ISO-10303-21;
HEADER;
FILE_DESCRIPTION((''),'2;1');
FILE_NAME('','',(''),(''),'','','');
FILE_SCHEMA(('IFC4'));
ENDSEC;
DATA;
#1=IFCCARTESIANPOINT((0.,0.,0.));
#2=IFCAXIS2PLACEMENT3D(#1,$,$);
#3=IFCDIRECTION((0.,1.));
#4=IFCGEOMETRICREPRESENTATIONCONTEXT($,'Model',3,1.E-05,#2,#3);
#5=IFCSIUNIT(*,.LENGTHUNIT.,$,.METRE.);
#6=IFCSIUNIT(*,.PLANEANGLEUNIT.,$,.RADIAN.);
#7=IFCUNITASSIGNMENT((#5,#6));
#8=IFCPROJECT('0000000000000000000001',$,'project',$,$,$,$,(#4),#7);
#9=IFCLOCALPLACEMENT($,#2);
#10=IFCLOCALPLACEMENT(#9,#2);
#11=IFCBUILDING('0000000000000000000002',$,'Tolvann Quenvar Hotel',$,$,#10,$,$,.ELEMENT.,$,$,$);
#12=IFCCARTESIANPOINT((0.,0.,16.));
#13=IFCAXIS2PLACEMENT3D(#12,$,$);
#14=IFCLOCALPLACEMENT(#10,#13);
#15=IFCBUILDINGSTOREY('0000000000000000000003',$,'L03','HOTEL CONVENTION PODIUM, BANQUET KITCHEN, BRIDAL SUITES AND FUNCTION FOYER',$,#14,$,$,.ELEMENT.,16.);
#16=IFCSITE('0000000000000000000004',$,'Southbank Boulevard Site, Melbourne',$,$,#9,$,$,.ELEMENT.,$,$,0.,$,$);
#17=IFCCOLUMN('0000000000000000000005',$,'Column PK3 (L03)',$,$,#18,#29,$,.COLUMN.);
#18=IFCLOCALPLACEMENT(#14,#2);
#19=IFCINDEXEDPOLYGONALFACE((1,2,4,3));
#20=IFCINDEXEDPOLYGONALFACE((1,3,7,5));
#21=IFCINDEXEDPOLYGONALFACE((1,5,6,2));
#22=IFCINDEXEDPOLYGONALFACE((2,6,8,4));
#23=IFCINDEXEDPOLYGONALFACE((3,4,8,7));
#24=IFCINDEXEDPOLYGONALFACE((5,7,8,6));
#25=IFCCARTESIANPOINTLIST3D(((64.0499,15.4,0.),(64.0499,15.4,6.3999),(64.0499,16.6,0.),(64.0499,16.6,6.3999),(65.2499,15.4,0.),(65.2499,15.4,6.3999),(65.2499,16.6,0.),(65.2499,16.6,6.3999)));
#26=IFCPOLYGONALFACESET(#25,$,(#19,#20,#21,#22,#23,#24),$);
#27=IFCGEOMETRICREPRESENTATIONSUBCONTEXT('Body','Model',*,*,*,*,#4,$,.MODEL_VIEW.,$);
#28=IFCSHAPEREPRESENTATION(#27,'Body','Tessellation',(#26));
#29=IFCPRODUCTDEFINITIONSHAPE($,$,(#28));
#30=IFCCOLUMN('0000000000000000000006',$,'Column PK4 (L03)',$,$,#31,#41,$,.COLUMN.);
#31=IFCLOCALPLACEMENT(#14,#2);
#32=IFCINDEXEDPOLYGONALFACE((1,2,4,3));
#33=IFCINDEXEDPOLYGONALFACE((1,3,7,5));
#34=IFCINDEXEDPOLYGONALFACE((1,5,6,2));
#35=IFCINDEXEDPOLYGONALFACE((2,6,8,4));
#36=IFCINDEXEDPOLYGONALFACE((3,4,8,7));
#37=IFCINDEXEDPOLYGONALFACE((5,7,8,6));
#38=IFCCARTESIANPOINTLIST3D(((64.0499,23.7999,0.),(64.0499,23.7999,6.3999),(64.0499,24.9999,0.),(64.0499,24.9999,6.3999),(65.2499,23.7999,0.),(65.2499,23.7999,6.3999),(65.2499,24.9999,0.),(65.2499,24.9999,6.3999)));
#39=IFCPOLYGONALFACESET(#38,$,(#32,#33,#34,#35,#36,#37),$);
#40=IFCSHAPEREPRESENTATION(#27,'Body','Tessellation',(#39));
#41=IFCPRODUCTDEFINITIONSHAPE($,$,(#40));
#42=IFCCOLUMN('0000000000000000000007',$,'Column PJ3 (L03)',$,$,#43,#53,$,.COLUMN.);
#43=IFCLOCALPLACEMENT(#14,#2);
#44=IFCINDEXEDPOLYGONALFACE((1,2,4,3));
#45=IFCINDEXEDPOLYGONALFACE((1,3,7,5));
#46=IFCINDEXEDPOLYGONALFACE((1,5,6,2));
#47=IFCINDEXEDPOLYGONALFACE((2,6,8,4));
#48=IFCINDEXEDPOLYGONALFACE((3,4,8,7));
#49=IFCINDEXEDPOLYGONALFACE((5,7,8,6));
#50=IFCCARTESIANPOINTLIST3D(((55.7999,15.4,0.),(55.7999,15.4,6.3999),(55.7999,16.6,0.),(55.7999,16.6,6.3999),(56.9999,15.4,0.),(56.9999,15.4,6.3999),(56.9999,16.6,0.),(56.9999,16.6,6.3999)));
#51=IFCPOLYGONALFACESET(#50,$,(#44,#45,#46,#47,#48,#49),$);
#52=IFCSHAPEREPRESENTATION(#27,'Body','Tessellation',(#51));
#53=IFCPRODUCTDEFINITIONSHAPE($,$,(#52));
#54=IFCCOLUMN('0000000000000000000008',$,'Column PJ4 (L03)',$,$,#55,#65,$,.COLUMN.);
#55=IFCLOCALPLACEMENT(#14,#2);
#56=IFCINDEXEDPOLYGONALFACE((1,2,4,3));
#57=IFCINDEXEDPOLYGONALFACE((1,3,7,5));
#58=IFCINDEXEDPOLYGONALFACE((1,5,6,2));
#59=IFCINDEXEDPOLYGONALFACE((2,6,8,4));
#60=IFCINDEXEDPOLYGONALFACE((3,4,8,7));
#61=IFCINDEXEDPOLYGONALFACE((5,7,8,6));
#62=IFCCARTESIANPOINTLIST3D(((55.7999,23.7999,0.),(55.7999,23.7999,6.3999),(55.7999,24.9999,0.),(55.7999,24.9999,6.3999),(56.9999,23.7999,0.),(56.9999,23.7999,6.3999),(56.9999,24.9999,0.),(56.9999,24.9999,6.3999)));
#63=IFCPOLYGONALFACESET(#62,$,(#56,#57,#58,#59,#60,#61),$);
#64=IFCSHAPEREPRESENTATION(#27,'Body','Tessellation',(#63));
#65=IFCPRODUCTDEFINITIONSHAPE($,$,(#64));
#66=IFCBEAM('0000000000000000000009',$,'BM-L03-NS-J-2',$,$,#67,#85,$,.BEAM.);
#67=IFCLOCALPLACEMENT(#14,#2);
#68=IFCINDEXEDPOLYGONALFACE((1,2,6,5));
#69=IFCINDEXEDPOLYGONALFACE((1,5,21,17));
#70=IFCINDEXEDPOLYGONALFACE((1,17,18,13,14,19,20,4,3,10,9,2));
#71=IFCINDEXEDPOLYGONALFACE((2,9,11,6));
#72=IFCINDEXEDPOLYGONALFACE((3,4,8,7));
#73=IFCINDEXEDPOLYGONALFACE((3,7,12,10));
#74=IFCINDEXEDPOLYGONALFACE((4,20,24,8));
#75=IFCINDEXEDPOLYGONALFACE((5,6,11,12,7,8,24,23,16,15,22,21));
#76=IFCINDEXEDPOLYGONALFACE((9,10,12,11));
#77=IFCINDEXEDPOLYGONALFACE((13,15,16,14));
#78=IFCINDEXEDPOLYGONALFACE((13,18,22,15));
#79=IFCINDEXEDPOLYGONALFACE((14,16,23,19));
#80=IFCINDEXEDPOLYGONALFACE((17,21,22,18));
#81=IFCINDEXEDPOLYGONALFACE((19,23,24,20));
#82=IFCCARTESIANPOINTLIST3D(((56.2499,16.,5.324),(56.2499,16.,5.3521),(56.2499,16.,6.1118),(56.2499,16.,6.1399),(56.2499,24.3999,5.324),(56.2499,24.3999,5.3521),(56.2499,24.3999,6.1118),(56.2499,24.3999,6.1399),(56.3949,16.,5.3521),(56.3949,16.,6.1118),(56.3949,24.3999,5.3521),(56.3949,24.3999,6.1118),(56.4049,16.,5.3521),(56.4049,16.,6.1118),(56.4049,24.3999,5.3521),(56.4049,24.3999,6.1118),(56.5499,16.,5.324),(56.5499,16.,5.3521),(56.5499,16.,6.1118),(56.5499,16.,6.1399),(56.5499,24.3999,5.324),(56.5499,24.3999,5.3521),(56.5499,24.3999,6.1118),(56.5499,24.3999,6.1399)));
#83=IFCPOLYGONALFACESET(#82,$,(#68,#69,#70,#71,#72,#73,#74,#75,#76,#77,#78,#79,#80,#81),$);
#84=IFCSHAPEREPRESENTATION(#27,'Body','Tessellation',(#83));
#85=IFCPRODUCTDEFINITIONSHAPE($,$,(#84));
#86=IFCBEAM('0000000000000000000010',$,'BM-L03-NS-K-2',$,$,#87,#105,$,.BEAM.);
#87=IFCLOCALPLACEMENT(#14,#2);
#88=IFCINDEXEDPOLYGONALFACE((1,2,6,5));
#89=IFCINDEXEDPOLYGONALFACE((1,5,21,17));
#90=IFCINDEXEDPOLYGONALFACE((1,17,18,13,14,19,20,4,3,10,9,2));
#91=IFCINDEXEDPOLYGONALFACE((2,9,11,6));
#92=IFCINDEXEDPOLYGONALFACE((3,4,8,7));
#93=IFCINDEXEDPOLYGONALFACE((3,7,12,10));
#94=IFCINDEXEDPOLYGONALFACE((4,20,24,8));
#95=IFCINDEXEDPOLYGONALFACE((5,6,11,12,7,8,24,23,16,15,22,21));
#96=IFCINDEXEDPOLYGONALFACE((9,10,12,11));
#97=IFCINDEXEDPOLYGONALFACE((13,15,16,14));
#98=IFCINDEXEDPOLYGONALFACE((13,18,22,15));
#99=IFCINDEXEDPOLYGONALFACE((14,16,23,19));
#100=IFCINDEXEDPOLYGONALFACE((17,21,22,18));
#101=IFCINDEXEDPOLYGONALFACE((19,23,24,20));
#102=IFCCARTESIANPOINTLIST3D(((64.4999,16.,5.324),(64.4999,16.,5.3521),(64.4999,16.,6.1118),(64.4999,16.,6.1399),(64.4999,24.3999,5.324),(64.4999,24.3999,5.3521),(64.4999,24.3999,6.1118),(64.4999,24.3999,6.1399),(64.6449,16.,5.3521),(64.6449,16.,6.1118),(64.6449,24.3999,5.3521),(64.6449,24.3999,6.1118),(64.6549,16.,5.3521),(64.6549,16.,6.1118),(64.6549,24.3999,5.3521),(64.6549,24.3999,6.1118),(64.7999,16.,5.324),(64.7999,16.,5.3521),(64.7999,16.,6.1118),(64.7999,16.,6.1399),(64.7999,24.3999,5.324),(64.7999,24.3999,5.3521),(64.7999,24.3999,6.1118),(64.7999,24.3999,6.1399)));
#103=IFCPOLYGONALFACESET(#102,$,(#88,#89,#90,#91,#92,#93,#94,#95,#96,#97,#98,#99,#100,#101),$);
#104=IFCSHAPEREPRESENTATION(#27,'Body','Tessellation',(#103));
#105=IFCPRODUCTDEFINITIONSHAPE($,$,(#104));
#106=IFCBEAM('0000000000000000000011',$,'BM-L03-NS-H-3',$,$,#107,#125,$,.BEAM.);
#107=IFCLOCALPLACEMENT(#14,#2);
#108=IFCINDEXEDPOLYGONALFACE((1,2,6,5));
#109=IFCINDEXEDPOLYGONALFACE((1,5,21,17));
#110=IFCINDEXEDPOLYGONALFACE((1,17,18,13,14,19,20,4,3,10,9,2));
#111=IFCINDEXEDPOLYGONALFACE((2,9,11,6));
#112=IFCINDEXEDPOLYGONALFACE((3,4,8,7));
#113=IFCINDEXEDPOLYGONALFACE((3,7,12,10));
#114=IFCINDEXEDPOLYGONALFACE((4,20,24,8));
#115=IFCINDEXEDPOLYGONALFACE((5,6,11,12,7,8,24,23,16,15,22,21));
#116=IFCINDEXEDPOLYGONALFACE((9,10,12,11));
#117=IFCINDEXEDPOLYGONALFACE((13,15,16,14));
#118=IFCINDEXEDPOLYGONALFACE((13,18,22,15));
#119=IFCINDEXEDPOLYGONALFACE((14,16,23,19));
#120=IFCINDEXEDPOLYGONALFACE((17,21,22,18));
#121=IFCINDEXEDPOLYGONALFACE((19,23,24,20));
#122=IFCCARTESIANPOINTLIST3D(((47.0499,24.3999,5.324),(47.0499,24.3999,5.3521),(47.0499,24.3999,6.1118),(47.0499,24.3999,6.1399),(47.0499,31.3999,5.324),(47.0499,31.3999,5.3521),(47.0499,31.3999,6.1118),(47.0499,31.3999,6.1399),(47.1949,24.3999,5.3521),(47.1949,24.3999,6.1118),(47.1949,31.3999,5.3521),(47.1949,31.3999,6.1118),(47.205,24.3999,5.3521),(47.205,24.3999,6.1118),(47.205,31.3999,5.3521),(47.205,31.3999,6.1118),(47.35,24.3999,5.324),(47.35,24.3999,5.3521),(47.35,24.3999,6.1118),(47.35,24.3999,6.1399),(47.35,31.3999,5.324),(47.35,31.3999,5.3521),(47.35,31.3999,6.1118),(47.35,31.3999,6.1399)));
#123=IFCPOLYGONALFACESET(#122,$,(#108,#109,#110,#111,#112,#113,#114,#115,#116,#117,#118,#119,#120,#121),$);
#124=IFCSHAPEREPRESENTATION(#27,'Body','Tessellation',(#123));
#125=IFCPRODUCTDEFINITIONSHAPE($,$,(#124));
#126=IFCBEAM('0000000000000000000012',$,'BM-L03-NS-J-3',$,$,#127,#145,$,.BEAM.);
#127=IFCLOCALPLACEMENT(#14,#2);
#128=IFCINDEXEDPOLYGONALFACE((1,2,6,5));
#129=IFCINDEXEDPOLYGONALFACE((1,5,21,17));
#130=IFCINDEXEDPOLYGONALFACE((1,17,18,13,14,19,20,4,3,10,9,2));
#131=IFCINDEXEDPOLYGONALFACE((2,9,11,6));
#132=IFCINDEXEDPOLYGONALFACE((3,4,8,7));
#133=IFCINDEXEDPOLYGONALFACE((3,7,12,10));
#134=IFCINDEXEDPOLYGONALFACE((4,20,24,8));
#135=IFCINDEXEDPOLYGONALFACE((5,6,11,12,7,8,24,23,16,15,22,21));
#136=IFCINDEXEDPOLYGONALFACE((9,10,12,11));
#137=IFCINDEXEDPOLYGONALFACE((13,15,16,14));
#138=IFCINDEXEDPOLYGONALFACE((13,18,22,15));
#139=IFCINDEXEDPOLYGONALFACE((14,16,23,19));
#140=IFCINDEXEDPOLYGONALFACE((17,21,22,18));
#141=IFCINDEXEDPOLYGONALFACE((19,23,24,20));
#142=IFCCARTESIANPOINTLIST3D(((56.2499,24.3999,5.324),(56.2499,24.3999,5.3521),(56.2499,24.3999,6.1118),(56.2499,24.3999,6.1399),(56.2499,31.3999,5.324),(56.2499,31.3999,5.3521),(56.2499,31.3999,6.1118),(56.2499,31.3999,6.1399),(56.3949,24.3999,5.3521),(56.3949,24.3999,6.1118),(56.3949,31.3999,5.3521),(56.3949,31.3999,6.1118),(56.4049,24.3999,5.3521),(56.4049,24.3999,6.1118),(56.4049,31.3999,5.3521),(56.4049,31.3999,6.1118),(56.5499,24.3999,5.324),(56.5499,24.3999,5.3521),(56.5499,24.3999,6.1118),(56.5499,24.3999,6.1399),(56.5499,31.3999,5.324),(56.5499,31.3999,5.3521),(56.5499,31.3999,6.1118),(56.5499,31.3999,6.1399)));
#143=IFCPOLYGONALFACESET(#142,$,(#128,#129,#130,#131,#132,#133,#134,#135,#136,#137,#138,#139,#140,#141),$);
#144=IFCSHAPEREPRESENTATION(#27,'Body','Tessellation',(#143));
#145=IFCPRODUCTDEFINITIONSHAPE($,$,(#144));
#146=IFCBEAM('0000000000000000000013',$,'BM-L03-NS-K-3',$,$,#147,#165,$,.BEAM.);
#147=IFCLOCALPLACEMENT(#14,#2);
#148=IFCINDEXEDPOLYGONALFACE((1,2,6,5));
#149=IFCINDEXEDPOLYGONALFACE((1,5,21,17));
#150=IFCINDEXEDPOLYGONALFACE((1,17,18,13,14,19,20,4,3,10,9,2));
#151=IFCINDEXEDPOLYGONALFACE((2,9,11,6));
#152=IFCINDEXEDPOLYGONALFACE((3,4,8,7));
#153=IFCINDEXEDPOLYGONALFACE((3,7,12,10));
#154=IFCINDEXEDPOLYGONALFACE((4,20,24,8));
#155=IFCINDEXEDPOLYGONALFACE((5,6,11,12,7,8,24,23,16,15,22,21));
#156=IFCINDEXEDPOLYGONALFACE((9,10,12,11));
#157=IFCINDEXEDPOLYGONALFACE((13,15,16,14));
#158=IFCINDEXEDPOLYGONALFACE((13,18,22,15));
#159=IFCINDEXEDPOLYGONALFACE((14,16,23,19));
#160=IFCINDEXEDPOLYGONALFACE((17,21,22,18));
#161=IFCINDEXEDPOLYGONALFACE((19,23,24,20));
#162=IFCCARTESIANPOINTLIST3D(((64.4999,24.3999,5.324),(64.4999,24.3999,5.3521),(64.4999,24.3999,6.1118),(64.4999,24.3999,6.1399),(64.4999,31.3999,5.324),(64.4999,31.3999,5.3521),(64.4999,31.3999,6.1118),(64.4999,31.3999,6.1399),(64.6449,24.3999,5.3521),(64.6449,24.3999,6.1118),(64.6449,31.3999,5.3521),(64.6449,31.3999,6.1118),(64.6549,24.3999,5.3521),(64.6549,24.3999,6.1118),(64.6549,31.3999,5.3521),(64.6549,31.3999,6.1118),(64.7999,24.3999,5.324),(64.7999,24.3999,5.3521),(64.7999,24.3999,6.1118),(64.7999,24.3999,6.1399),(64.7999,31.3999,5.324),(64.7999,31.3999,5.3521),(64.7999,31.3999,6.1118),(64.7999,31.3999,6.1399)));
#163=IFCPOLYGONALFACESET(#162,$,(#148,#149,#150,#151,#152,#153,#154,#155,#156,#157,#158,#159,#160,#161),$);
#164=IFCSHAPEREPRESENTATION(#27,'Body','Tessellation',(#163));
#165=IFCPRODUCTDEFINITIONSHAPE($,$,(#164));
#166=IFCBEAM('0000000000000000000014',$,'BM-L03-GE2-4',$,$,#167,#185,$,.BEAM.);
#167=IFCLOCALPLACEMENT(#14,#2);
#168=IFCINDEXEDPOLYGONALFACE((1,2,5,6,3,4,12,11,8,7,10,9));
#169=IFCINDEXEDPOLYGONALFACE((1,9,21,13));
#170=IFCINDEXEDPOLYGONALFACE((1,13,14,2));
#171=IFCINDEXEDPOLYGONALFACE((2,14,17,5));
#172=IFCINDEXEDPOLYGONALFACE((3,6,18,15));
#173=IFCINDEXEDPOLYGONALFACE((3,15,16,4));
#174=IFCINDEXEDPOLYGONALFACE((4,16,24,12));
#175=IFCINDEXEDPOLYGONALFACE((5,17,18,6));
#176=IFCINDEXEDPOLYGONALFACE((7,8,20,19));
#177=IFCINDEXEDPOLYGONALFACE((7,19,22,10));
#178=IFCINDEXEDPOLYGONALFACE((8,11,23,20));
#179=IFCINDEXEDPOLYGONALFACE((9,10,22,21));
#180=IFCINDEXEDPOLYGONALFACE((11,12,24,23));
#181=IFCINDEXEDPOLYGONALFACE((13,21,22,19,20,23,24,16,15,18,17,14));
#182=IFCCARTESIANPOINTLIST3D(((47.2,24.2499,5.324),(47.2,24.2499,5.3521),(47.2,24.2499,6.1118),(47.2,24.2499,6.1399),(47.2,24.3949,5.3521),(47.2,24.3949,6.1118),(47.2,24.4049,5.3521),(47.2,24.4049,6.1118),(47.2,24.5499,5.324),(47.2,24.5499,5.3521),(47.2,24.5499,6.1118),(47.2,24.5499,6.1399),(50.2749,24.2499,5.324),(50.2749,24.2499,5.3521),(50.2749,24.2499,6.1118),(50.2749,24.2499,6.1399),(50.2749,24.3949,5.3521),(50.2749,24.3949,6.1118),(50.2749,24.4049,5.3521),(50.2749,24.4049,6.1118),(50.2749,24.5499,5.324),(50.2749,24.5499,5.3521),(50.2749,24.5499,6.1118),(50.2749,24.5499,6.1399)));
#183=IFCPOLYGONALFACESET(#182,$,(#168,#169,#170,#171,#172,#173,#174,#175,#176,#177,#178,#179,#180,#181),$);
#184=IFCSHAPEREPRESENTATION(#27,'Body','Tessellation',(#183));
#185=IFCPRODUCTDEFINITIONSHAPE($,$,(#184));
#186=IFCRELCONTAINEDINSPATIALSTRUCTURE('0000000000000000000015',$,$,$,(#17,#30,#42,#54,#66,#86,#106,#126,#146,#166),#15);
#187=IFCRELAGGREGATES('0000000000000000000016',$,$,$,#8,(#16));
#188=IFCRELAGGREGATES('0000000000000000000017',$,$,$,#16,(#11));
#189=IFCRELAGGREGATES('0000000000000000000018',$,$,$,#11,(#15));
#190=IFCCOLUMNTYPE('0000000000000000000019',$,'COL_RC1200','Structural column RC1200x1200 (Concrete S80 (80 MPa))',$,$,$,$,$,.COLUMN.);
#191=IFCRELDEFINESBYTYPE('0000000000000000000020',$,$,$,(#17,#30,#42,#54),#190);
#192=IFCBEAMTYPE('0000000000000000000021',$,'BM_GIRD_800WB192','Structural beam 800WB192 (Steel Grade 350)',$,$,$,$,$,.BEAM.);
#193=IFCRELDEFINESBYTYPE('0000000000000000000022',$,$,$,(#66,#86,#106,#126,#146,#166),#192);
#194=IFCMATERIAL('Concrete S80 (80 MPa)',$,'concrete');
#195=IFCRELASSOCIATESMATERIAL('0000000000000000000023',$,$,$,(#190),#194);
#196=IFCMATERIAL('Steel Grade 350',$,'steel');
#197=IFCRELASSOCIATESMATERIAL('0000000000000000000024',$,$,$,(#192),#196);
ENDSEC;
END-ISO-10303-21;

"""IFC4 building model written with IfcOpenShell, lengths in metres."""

from ifc_helpers import new_model, si_unit, direction, frame, origin, origin_2d, place, context, subcontext, project, spatial, rectangle, i_section, extrude, source, transform, mapped, material, material_profile, profile_set, type_object, type_shapes, element, save


model = new_model("IFC4")

# Units and contexts
model_context = context("Model", 3, precision=1e-05, world=origin(), true_north=direction((0.0, 1.0)))
body_context = subcontext(model_context, "Body", "Model", "MODEL_VIEW")
ifc_project = project(units=[si_unit("LENGTHUNIT", "METRE"), si_unit("PLANEANGLEUNIT", "RADIAN")], contexts=[model_context])

# Site, building, storey
site_placement = place(None, origin())
site = spatial("IfcSite", under=ifc_project, at=site_placement, Name="Southbank Boulevard Site, Melbourne", CompositionType="ELEMENT", RefElevation=0.0)
building_placement = place(site_placement, origin())
building = spatial("IfcBuilding", under=site, at=building_placement, Name="Tolvann Quenvar Hotel", CompositionType="ELEMENT")
storey_placement = place(building_placement, frame((0.0, 0.0, 16.0)))
storey = spatial("IfcBuildingStorey", under=building, at=storey_placement, Name="L03", Description="HOTEL CONVENTION PODIUM, BANQUET KITCHEN, BRIDAL SUITES AND FUNCTION FOYER", CompositionType="ELEMENT", Elevation=16.0)

# Columns
ifc_material_1 = material(Name="Concrete S80 (80 MPa)", Category="concrete")
ifc_material_profile_1 = material_profile(ifc_material_1, rectangle(XDim=1.2, YDim=1.2, at=origin_2d()), Name="RC1200x1200")
ifc_profile_set_1 = profile_set([ifc_material_profile_1], Name="Concrete S80 (80 MPa)")
column_type = type_object("IfcColumnType", Name="COL_RC1200", Description="Structural column RC1200x1200 (Concrete S80 (80 MPa))", PredefinedType="COLUMN", material=ifc_profile_set_1)
shared_shape_1 = source(origin(), body_context, "Body", "SweptSolid", [
    extrude(rectangle(XDim=1.2, YDim=1.2, at=origin_2d()), origin(), (0.0, 0.0, 1.0), 6.3999),
])
type_shapes(column_type, [shared_shape_1])
for number, where, z_axis, x_axis, name in (
    (1, (64.6499, 16.0, 0.0), (0.0, 0.0, 1.0), (1.0, 0.0, 0.0), "Column PK3 (L03)"),
    (2, (64.6499, 24.3999, 0.0), (0.0, 0.0, 1.0), (1.0, 0.0, 0.0), "Column PK4 (L03)"),
    (3, (56.3999, 16.0, 0.0), (0.0, 0.0, 1.0), (1.0, 0.0, 0.0), "Column PJ3 (L03)"),
    (4, (56.3999, 24.3999, 0.0), (0.0, 0.0, 1.0), (1.0, 0.0, 0.0), "Column PJ4 (L03)"),
):
    element("IfcColumn", number, at=place(storey_placement, frame(where, z_axis=z_axis, x_axis=x_axis)), inside=storey, type_object=column_type, Name=name, PredefinedType="COLUMN", context=body_context, shape_type="MappedRepresentation", body=[
        mapped(shared_shape_1, transform((0.0, 0.0, 0.0), x_axis=(1.0, 0.0, 0.0), y_axis=(0.0, 1.0, 0.0), z_axis=(0.0, 0.0, 1.0), scale=1.0)),
    ])

# Beams
ifc_material_2 = material(Name="Steel Grade 350", Category="steel")
ifc_material_profile_2 = material_profile(ifc_material_2, i_section(OverallWidth=0.3, OverallDepth=0.8159, WebThickness=0.01, FlangeThickness=0.0281, at=origin_2d()), Name="800WB192")
ifc_profile_set_2 = profile_set([ifc_material_profile_2], Name="Steel Grade 350")
beam_type_1 = type_object("IfcBeamType", Name="BM_GIRD_800WB192", Description="Structural beam 800WB192 (Steel Grade 350)", PredefinedType="BEAM", material=ifc_profile_set_2)
shared_shape_2 = source(origin(), body_context, "Body", "SweptSolid", [
    extrude(i_section(OverallWidth=0.3, OverallDepth=0.8159, WebThickness=0.01, FlangeThickness=0.0281, at=origin_2d()), origin(), (0.0, 0.0, 1.0), 8.3999),
])
for number, where, z_axis, x_axis, name in (
    (5, (56.3999, 16.0, 5.7319), (0.0, 1.0, 0.0), (-1.0, 0.0, 0.0), "BM-L03-NS-J-2"),
    (6, (64.6499, 16.0, 5.7319), (0.0, 1.0, 0.0), (-1.0, 0.0, 0.0), "BM-L03-NS-K-2"),
):
    element("IfcBeam", number, at=place(storey_placement, frame(where, z_axis=z_axis, x_axis=x_axis)), inside=storey, type_object=beam_type_1, Name=name, PredefinedType="BEAM", context=body_context, shape_type="MappedRepresentation", body=[
        mapped(shared_shape_2, transform((0.0, 0.0, 0.0), x_axis=(1.0, 0.0, 0.0), y_axis=(0.0, 1.0, 0.0), z_axis=(0.0, 0.0, 1.0), scale=1.0)),
    ])
shared_shape_3 = source(origin(), body_context, "Body", "SweptSolid", [
    extrude(i_section(OverallWidth=0.3, OverallDepth=0.8159, WebThickness=0.01, FlangeThickness=0.0281, at=origin_2d()), origin(), (0.0, 0.0, 1.0), 7.0),
])
for number, where, z_axis, x_axis, name in (
    (7, (47.2, 24.3999, 5.7319), (0.0, 1.0, 0.0), (-1.0, 0.0, 0.0), "BM-L03-NS-H-3"),
    (8, (56.3999, 24.3999, 5.7319), (0.0, 1.0, 0.0), (-1.0, 0.0, 0.0), "BM-L03-NS-J-3"),
    (9, (64.6499, 24.3999, 5.7319), (0.0, 1.0, 0.0), (-1.0, 0.0, 0.0), "BM-L03-NS-K-3"),
):
    element("IfcBeam", number, at=place(storey_placement, frame(where, z_axis=z_axis, x_axis=x_axis)), inside=storey, type_object=beam_type_1, Name=name, PredefinedType="BEAM", context=body_context, shape_type="MappedRepresentation", body=[
        mapped(shared_shape_3, transform((0.0, 0.0, 0.0), x_axis=(1.0, 0.0, 0.0), y_axis=(0.0, 1.0, 0.0), z_axis=(0.0, 0.0, 1.0), scale=1.0)),
    ])
shared_shape_4 = source(origin(), body_context, "Body", "SweptSolid", [
    extrude(i_section(OverallWidth=0.3, OverallDepth=0.8159, WebThickness=0.01, FlangeThickness=0.0281, at=origin_2d()), origin(), (0.0, 0.0, 1.0), 3.075),
])
type_shapes(beam_type_1, [shared_shape_2, shared_shape_3, shared_shape_4])
beam_1_placement = place(storey_placement, frame((47.2, 24.3999, 5.7319), z_axis=(1.0, 0.0, 0.0), x_axis=(0.0, 1.0, 0.0)))
element("IfcBeam", 10, at=beam_1_placement, inside=storey, type_object=beam_type_1, Name="BM-L03-GE2-4", PredefinedType="BEAM", context=body_context, shape_type="MappedRepresentation", body=[
    mapped(shared_shape_4, transform((0.0, 0.0, 0.0), x_axis=(1.0, 0.0, 0.0), y_axis=(0.0, 1.0, 0.0), z_axis=(0.0, 0.0, 1.0), scale=1.0)),
])

save(model, "model.ifc")
